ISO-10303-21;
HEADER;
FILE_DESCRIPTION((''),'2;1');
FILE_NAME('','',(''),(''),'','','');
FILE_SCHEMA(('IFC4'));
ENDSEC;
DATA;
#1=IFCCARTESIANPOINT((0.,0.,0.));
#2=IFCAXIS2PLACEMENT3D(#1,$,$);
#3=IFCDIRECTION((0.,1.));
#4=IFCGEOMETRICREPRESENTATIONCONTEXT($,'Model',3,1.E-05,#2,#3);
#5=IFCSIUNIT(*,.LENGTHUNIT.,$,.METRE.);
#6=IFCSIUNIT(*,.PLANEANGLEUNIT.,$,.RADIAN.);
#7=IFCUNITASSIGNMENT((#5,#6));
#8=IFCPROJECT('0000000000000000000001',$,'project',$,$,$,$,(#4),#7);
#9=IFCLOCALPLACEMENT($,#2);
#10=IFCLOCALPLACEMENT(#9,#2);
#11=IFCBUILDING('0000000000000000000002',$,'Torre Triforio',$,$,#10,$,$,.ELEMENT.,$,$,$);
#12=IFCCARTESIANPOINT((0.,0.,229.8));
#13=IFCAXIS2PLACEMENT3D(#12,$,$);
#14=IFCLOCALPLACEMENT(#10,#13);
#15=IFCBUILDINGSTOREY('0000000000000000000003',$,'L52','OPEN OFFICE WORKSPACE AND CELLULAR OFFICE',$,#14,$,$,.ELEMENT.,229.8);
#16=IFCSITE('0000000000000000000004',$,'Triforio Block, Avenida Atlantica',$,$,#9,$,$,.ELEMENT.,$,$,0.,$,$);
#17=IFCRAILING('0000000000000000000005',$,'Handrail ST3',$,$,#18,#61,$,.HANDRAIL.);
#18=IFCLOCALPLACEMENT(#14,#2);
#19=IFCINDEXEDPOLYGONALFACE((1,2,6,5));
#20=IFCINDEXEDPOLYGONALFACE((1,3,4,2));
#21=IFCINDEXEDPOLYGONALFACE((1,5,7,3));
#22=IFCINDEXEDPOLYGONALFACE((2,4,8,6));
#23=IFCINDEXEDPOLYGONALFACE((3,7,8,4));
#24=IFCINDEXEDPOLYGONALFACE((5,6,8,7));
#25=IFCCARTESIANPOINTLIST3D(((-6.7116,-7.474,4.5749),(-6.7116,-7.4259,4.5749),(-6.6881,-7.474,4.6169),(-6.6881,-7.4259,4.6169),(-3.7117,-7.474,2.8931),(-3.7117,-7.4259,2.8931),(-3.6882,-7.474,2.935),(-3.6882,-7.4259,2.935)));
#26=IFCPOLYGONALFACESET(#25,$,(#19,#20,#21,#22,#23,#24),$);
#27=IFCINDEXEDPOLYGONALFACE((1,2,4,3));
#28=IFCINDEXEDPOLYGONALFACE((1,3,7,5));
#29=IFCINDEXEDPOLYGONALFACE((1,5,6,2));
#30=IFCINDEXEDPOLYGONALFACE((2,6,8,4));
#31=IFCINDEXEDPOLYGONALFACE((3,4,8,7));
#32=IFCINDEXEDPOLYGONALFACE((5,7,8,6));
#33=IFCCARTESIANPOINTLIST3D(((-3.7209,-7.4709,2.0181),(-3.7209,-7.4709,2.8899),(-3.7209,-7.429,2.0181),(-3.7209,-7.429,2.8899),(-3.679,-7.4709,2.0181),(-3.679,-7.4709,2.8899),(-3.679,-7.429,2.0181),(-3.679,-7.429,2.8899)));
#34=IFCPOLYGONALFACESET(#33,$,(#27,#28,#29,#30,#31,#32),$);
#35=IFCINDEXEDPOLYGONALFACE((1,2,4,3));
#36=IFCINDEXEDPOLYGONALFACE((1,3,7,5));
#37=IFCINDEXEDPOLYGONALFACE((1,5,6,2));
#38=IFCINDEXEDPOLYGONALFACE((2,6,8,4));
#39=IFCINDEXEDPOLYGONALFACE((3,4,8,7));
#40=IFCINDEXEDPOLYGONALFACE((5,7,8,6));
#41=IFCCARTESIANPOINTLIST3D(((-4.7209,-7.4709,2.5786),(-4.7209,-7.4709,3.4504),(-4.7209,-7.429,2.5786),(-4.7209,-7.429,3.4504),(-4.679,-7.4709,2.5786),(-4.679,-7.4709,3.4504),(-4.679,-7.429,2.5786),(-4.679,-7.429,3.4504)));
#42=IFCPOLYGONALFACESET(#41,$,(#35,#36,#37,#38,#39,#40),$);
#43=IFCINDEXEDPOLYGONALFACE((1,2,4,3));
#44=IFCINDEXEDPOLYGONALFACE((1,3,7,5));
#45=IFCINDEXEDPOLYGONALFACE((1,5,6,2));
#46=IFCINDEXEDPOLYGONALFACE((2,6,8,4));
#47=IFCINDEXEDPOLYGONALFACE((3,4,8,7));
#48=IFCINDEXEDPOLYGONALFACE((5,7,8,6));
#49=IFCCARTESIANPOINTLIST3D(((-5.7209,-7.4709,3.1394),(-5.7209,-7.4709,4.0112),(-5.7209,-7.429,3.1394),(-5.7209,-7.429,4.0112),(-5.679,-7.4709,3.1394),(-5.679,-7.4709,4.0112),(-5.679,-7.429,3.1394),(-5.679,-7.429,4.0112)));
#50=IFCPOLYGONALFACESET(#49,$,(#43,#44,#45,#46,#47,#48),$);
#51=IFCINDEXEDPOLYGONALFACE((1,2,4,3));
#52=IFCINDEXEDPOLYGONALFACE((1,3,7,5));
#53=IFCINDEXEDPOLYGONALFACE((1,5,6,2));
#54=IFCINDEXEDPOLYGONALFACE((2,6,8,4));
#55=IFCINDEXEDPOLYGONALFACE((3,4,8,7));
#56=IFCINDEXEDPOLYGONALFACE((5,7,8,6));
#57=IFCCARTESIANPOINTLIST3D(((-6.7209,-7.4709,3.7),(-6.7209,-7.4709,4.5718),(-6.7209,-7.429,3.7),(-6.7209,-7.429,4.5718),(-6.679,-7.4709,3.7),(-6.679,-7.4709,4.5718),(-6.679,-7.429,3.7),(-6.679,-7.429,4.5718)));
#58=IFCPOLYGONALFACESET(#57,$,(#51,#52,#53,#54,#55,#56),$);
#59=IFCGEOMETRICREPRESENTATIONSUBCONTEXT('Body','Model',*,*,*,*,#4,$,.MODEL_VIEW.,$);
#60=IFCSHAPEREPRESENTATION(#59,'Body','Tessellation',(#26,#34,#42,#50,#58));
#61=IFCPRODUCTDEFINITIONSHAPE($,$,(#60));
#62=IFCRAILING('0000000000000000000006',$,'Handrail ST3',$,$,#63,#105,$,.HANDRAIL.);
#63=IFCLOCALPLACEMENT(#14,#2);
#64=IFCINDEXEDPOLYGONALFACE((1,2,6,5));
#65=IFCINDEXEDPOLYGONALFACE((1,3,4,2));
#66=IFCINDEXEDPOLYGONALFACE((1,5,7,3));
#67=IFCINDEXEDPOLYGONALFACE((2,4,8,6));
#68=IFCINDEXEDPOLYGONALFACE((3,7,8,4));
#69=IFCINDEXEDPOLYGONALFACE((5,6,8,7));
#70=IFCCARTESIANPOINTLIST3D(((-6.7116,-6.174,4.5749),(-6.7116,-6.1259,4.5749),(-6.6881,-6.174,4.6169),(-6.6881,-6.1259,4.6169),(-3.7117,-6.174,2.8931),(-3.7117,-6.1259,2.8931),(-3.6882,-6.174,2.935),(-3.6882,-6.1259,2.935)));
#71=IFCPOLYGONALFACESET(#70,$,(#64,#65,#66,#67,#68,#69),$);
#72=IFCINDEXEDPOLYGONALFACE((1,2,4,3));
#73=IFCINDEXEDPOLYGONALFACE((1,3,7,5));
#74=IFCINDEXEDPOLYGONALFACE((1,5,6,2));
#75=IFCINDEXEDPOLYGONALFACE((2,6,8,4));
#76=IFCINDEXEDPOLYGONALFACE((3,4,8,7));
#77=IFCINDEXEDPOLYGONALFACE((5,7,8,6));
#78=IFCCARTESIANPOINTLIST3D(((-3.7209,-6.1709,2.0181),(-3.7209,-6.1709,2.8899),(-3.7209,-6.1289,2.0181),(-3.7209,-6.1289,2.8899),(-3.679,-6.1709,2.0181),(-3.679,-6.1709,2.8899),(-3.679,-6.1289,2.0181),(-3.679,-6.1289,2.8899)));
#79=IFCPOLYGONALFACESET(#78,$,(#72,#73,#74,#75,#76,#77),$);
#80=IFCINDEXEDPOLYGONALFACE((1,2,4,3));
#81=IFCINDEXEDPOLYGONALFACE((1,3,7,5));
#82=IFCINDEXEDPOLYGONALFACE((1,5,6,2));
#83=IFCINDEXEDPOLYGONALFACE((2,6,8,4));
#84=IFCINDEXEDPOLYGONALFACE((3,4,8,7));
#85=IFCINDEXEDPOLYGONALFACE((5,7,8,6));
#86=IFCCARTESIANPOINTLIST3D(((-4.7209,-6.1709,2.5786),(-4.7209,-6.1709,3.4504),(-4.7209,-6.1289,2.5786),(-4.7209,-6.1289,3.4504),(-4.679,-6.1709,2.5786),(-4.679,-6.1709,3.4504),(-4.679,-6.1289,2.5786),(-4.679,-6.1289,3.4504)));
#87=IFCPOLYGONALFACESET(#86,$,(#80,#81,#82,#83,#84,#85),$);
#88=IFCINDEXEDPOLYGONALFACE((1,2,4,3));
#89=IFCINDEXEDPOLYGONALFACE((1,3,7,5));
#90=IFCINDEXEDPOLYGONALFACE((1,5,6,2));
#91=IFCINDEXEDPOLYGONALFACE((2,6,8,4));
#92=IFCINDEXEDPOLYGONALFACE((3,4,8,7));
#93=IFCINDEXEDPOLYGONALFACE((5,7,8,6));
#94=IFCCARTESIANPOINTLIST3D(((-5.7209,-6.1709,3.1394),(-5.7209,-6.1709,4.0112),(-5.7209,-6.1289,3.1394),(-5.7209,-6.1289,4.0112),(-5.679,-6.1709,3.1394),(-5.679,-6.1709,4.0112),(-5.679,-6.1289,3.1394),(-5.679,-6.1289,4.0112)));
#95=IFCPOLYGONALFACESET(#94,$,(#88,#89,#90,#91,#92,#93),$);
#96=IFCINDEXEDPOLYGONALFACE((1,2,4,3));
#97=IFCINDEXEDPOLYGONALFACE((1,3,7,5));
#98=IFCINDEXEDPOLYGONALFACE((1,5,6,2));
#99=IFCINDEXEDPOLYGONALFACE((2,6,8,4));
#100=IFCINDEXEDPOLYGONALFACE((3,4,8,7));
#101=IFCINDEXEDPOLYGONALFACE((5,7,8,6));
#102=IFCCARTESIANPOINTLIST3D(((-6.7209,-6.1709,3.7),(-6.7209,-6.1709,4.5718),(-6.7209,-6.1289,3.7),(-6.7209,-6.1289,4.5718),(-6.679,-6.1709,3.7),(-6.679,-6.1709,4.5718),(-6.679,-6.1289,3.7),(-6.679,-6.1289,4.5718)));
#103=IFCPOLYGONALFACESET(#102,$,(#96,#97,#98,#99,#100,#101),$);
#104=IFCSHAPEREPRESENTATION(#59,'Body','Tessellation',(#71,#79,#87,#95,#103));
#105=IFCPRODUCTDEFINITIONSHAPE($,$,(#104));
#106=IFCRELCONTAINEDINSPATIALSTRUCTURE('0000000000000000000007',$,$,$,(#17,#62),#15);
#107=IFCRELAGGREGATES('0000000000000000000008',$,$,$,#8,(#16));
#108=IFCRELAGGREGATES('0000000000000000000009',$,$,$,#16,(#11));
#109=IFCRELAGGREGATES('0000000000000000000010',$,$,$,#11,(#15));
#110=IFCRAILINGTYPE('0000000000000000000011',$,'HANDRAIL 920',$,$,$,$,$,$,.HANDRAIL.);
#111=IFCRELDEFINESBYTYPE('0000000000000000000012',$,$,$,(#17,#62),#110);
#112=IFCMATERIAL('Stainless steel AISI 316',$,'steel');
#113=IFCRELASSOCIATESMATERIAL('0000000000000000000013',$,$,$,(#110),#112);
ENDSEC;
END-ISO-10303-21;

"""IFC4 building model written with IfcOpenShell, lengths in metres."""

from ifc_helpers import new_model, si_unit, direction, frame, origin, origin_2d, place, context, subcontext, project, spatial, rectangle, extrude, material, type_object, element, save


model = new_model("IFC4")

# Units and contexts
model_context = context("Model", 3, precision=1e-05, world=origin(), true_north=direction((0.0, 1.0)))
body_context = subcontext(model_context, "Body", "Model", "MODEL_VIEW")
ifc_project = project(units=[si_unit("LENGTHUNIT", "METRE"), si_unit("PLANEANGLEUNIT", "RADIAN")], contexts=[model_context])

# Site, building, storey
site_placement = place(None, origin())
site = spatial("IfcSite", under=ifc_project, at=site_placement, Name="Triforio Block, Avenida Atlantica", CompositionType="ELEMENT", RefElevation=0.0)
building_placement = place(site_placement, origin())
building = spatial("IfcBuilding", under=site, at=building_placement, Name="Torre Triforio", CompositionType="ELEMENT")
storey_placement = place(building_placement, frame((0.0, 0.0, 229.8)))
storey = spatial("IfcBuildingStorey", under=building, at=storey_placement, Name="L52", Description="OPEN OFFICE WORKSPACE AND CELLULAR OFFICE", CompositionType="ELEMENT", Elevation=229.8)

# Railings
ifc_material_1 = material(Name="Stainless steel AISI 316", Category="steel")
railing_type = type_object("IfcRailingType", Name="HANDRAIL 920", PredefinedType="HANDRAIL", material=ifc_material_1)
for number, where, name in (
    (1, (-3.7, -7.45, 2.0181), "Handrail ST3"),
    (2, (-3.7, -6.1499, 2.0181), "Handrail ST3"),
):
    element("IfcRailing", number, at=place(storey_placement, frame(where)), inside=storey, type_object=railing_type, Name=name, PredefinedType="HANDRAIL", context=body_context, shape_type="SweptSolid", body=[
        extrude(rectangle(XDim=0.0481, YDim=0.0481, at=origin_2d()), frame((0.0, 0.0, 0.896), z_axis=(-0.872272, 0.0, 0.48902), x_axis=(0.0, -1.0, 0.0)), (0.0, 0.0, 1.0), 3.4392),
        extrude(rectangle(XDim=0.042, YDim=0.042, at=origin_2d()), origin(), (0.0, 0.0, 1.0), 0.8718),
        extrude(rectangle(XDim=0.042, YDim=0.042, at=origin_2d()), frame((-1.0, 0.0, 0.5605)), (0.0, 0.0, 1.0), 0.8718),
        extrude(rectangle(XDim=0.042, YDim=0.042, at=origin_2d()), frame((-2.0, 0.0, 1.1213)), (0.0, 0.0, 1.0), 0.8718),
        extrude(rectangle(XDim=0.042, YDim=0.042, at=origin_2d()), frame((-3.0, 0.0, 1.6819)), (0.0, 0.0, 1.0), 0.8718),
    ])

save(model, "model.ifc")
